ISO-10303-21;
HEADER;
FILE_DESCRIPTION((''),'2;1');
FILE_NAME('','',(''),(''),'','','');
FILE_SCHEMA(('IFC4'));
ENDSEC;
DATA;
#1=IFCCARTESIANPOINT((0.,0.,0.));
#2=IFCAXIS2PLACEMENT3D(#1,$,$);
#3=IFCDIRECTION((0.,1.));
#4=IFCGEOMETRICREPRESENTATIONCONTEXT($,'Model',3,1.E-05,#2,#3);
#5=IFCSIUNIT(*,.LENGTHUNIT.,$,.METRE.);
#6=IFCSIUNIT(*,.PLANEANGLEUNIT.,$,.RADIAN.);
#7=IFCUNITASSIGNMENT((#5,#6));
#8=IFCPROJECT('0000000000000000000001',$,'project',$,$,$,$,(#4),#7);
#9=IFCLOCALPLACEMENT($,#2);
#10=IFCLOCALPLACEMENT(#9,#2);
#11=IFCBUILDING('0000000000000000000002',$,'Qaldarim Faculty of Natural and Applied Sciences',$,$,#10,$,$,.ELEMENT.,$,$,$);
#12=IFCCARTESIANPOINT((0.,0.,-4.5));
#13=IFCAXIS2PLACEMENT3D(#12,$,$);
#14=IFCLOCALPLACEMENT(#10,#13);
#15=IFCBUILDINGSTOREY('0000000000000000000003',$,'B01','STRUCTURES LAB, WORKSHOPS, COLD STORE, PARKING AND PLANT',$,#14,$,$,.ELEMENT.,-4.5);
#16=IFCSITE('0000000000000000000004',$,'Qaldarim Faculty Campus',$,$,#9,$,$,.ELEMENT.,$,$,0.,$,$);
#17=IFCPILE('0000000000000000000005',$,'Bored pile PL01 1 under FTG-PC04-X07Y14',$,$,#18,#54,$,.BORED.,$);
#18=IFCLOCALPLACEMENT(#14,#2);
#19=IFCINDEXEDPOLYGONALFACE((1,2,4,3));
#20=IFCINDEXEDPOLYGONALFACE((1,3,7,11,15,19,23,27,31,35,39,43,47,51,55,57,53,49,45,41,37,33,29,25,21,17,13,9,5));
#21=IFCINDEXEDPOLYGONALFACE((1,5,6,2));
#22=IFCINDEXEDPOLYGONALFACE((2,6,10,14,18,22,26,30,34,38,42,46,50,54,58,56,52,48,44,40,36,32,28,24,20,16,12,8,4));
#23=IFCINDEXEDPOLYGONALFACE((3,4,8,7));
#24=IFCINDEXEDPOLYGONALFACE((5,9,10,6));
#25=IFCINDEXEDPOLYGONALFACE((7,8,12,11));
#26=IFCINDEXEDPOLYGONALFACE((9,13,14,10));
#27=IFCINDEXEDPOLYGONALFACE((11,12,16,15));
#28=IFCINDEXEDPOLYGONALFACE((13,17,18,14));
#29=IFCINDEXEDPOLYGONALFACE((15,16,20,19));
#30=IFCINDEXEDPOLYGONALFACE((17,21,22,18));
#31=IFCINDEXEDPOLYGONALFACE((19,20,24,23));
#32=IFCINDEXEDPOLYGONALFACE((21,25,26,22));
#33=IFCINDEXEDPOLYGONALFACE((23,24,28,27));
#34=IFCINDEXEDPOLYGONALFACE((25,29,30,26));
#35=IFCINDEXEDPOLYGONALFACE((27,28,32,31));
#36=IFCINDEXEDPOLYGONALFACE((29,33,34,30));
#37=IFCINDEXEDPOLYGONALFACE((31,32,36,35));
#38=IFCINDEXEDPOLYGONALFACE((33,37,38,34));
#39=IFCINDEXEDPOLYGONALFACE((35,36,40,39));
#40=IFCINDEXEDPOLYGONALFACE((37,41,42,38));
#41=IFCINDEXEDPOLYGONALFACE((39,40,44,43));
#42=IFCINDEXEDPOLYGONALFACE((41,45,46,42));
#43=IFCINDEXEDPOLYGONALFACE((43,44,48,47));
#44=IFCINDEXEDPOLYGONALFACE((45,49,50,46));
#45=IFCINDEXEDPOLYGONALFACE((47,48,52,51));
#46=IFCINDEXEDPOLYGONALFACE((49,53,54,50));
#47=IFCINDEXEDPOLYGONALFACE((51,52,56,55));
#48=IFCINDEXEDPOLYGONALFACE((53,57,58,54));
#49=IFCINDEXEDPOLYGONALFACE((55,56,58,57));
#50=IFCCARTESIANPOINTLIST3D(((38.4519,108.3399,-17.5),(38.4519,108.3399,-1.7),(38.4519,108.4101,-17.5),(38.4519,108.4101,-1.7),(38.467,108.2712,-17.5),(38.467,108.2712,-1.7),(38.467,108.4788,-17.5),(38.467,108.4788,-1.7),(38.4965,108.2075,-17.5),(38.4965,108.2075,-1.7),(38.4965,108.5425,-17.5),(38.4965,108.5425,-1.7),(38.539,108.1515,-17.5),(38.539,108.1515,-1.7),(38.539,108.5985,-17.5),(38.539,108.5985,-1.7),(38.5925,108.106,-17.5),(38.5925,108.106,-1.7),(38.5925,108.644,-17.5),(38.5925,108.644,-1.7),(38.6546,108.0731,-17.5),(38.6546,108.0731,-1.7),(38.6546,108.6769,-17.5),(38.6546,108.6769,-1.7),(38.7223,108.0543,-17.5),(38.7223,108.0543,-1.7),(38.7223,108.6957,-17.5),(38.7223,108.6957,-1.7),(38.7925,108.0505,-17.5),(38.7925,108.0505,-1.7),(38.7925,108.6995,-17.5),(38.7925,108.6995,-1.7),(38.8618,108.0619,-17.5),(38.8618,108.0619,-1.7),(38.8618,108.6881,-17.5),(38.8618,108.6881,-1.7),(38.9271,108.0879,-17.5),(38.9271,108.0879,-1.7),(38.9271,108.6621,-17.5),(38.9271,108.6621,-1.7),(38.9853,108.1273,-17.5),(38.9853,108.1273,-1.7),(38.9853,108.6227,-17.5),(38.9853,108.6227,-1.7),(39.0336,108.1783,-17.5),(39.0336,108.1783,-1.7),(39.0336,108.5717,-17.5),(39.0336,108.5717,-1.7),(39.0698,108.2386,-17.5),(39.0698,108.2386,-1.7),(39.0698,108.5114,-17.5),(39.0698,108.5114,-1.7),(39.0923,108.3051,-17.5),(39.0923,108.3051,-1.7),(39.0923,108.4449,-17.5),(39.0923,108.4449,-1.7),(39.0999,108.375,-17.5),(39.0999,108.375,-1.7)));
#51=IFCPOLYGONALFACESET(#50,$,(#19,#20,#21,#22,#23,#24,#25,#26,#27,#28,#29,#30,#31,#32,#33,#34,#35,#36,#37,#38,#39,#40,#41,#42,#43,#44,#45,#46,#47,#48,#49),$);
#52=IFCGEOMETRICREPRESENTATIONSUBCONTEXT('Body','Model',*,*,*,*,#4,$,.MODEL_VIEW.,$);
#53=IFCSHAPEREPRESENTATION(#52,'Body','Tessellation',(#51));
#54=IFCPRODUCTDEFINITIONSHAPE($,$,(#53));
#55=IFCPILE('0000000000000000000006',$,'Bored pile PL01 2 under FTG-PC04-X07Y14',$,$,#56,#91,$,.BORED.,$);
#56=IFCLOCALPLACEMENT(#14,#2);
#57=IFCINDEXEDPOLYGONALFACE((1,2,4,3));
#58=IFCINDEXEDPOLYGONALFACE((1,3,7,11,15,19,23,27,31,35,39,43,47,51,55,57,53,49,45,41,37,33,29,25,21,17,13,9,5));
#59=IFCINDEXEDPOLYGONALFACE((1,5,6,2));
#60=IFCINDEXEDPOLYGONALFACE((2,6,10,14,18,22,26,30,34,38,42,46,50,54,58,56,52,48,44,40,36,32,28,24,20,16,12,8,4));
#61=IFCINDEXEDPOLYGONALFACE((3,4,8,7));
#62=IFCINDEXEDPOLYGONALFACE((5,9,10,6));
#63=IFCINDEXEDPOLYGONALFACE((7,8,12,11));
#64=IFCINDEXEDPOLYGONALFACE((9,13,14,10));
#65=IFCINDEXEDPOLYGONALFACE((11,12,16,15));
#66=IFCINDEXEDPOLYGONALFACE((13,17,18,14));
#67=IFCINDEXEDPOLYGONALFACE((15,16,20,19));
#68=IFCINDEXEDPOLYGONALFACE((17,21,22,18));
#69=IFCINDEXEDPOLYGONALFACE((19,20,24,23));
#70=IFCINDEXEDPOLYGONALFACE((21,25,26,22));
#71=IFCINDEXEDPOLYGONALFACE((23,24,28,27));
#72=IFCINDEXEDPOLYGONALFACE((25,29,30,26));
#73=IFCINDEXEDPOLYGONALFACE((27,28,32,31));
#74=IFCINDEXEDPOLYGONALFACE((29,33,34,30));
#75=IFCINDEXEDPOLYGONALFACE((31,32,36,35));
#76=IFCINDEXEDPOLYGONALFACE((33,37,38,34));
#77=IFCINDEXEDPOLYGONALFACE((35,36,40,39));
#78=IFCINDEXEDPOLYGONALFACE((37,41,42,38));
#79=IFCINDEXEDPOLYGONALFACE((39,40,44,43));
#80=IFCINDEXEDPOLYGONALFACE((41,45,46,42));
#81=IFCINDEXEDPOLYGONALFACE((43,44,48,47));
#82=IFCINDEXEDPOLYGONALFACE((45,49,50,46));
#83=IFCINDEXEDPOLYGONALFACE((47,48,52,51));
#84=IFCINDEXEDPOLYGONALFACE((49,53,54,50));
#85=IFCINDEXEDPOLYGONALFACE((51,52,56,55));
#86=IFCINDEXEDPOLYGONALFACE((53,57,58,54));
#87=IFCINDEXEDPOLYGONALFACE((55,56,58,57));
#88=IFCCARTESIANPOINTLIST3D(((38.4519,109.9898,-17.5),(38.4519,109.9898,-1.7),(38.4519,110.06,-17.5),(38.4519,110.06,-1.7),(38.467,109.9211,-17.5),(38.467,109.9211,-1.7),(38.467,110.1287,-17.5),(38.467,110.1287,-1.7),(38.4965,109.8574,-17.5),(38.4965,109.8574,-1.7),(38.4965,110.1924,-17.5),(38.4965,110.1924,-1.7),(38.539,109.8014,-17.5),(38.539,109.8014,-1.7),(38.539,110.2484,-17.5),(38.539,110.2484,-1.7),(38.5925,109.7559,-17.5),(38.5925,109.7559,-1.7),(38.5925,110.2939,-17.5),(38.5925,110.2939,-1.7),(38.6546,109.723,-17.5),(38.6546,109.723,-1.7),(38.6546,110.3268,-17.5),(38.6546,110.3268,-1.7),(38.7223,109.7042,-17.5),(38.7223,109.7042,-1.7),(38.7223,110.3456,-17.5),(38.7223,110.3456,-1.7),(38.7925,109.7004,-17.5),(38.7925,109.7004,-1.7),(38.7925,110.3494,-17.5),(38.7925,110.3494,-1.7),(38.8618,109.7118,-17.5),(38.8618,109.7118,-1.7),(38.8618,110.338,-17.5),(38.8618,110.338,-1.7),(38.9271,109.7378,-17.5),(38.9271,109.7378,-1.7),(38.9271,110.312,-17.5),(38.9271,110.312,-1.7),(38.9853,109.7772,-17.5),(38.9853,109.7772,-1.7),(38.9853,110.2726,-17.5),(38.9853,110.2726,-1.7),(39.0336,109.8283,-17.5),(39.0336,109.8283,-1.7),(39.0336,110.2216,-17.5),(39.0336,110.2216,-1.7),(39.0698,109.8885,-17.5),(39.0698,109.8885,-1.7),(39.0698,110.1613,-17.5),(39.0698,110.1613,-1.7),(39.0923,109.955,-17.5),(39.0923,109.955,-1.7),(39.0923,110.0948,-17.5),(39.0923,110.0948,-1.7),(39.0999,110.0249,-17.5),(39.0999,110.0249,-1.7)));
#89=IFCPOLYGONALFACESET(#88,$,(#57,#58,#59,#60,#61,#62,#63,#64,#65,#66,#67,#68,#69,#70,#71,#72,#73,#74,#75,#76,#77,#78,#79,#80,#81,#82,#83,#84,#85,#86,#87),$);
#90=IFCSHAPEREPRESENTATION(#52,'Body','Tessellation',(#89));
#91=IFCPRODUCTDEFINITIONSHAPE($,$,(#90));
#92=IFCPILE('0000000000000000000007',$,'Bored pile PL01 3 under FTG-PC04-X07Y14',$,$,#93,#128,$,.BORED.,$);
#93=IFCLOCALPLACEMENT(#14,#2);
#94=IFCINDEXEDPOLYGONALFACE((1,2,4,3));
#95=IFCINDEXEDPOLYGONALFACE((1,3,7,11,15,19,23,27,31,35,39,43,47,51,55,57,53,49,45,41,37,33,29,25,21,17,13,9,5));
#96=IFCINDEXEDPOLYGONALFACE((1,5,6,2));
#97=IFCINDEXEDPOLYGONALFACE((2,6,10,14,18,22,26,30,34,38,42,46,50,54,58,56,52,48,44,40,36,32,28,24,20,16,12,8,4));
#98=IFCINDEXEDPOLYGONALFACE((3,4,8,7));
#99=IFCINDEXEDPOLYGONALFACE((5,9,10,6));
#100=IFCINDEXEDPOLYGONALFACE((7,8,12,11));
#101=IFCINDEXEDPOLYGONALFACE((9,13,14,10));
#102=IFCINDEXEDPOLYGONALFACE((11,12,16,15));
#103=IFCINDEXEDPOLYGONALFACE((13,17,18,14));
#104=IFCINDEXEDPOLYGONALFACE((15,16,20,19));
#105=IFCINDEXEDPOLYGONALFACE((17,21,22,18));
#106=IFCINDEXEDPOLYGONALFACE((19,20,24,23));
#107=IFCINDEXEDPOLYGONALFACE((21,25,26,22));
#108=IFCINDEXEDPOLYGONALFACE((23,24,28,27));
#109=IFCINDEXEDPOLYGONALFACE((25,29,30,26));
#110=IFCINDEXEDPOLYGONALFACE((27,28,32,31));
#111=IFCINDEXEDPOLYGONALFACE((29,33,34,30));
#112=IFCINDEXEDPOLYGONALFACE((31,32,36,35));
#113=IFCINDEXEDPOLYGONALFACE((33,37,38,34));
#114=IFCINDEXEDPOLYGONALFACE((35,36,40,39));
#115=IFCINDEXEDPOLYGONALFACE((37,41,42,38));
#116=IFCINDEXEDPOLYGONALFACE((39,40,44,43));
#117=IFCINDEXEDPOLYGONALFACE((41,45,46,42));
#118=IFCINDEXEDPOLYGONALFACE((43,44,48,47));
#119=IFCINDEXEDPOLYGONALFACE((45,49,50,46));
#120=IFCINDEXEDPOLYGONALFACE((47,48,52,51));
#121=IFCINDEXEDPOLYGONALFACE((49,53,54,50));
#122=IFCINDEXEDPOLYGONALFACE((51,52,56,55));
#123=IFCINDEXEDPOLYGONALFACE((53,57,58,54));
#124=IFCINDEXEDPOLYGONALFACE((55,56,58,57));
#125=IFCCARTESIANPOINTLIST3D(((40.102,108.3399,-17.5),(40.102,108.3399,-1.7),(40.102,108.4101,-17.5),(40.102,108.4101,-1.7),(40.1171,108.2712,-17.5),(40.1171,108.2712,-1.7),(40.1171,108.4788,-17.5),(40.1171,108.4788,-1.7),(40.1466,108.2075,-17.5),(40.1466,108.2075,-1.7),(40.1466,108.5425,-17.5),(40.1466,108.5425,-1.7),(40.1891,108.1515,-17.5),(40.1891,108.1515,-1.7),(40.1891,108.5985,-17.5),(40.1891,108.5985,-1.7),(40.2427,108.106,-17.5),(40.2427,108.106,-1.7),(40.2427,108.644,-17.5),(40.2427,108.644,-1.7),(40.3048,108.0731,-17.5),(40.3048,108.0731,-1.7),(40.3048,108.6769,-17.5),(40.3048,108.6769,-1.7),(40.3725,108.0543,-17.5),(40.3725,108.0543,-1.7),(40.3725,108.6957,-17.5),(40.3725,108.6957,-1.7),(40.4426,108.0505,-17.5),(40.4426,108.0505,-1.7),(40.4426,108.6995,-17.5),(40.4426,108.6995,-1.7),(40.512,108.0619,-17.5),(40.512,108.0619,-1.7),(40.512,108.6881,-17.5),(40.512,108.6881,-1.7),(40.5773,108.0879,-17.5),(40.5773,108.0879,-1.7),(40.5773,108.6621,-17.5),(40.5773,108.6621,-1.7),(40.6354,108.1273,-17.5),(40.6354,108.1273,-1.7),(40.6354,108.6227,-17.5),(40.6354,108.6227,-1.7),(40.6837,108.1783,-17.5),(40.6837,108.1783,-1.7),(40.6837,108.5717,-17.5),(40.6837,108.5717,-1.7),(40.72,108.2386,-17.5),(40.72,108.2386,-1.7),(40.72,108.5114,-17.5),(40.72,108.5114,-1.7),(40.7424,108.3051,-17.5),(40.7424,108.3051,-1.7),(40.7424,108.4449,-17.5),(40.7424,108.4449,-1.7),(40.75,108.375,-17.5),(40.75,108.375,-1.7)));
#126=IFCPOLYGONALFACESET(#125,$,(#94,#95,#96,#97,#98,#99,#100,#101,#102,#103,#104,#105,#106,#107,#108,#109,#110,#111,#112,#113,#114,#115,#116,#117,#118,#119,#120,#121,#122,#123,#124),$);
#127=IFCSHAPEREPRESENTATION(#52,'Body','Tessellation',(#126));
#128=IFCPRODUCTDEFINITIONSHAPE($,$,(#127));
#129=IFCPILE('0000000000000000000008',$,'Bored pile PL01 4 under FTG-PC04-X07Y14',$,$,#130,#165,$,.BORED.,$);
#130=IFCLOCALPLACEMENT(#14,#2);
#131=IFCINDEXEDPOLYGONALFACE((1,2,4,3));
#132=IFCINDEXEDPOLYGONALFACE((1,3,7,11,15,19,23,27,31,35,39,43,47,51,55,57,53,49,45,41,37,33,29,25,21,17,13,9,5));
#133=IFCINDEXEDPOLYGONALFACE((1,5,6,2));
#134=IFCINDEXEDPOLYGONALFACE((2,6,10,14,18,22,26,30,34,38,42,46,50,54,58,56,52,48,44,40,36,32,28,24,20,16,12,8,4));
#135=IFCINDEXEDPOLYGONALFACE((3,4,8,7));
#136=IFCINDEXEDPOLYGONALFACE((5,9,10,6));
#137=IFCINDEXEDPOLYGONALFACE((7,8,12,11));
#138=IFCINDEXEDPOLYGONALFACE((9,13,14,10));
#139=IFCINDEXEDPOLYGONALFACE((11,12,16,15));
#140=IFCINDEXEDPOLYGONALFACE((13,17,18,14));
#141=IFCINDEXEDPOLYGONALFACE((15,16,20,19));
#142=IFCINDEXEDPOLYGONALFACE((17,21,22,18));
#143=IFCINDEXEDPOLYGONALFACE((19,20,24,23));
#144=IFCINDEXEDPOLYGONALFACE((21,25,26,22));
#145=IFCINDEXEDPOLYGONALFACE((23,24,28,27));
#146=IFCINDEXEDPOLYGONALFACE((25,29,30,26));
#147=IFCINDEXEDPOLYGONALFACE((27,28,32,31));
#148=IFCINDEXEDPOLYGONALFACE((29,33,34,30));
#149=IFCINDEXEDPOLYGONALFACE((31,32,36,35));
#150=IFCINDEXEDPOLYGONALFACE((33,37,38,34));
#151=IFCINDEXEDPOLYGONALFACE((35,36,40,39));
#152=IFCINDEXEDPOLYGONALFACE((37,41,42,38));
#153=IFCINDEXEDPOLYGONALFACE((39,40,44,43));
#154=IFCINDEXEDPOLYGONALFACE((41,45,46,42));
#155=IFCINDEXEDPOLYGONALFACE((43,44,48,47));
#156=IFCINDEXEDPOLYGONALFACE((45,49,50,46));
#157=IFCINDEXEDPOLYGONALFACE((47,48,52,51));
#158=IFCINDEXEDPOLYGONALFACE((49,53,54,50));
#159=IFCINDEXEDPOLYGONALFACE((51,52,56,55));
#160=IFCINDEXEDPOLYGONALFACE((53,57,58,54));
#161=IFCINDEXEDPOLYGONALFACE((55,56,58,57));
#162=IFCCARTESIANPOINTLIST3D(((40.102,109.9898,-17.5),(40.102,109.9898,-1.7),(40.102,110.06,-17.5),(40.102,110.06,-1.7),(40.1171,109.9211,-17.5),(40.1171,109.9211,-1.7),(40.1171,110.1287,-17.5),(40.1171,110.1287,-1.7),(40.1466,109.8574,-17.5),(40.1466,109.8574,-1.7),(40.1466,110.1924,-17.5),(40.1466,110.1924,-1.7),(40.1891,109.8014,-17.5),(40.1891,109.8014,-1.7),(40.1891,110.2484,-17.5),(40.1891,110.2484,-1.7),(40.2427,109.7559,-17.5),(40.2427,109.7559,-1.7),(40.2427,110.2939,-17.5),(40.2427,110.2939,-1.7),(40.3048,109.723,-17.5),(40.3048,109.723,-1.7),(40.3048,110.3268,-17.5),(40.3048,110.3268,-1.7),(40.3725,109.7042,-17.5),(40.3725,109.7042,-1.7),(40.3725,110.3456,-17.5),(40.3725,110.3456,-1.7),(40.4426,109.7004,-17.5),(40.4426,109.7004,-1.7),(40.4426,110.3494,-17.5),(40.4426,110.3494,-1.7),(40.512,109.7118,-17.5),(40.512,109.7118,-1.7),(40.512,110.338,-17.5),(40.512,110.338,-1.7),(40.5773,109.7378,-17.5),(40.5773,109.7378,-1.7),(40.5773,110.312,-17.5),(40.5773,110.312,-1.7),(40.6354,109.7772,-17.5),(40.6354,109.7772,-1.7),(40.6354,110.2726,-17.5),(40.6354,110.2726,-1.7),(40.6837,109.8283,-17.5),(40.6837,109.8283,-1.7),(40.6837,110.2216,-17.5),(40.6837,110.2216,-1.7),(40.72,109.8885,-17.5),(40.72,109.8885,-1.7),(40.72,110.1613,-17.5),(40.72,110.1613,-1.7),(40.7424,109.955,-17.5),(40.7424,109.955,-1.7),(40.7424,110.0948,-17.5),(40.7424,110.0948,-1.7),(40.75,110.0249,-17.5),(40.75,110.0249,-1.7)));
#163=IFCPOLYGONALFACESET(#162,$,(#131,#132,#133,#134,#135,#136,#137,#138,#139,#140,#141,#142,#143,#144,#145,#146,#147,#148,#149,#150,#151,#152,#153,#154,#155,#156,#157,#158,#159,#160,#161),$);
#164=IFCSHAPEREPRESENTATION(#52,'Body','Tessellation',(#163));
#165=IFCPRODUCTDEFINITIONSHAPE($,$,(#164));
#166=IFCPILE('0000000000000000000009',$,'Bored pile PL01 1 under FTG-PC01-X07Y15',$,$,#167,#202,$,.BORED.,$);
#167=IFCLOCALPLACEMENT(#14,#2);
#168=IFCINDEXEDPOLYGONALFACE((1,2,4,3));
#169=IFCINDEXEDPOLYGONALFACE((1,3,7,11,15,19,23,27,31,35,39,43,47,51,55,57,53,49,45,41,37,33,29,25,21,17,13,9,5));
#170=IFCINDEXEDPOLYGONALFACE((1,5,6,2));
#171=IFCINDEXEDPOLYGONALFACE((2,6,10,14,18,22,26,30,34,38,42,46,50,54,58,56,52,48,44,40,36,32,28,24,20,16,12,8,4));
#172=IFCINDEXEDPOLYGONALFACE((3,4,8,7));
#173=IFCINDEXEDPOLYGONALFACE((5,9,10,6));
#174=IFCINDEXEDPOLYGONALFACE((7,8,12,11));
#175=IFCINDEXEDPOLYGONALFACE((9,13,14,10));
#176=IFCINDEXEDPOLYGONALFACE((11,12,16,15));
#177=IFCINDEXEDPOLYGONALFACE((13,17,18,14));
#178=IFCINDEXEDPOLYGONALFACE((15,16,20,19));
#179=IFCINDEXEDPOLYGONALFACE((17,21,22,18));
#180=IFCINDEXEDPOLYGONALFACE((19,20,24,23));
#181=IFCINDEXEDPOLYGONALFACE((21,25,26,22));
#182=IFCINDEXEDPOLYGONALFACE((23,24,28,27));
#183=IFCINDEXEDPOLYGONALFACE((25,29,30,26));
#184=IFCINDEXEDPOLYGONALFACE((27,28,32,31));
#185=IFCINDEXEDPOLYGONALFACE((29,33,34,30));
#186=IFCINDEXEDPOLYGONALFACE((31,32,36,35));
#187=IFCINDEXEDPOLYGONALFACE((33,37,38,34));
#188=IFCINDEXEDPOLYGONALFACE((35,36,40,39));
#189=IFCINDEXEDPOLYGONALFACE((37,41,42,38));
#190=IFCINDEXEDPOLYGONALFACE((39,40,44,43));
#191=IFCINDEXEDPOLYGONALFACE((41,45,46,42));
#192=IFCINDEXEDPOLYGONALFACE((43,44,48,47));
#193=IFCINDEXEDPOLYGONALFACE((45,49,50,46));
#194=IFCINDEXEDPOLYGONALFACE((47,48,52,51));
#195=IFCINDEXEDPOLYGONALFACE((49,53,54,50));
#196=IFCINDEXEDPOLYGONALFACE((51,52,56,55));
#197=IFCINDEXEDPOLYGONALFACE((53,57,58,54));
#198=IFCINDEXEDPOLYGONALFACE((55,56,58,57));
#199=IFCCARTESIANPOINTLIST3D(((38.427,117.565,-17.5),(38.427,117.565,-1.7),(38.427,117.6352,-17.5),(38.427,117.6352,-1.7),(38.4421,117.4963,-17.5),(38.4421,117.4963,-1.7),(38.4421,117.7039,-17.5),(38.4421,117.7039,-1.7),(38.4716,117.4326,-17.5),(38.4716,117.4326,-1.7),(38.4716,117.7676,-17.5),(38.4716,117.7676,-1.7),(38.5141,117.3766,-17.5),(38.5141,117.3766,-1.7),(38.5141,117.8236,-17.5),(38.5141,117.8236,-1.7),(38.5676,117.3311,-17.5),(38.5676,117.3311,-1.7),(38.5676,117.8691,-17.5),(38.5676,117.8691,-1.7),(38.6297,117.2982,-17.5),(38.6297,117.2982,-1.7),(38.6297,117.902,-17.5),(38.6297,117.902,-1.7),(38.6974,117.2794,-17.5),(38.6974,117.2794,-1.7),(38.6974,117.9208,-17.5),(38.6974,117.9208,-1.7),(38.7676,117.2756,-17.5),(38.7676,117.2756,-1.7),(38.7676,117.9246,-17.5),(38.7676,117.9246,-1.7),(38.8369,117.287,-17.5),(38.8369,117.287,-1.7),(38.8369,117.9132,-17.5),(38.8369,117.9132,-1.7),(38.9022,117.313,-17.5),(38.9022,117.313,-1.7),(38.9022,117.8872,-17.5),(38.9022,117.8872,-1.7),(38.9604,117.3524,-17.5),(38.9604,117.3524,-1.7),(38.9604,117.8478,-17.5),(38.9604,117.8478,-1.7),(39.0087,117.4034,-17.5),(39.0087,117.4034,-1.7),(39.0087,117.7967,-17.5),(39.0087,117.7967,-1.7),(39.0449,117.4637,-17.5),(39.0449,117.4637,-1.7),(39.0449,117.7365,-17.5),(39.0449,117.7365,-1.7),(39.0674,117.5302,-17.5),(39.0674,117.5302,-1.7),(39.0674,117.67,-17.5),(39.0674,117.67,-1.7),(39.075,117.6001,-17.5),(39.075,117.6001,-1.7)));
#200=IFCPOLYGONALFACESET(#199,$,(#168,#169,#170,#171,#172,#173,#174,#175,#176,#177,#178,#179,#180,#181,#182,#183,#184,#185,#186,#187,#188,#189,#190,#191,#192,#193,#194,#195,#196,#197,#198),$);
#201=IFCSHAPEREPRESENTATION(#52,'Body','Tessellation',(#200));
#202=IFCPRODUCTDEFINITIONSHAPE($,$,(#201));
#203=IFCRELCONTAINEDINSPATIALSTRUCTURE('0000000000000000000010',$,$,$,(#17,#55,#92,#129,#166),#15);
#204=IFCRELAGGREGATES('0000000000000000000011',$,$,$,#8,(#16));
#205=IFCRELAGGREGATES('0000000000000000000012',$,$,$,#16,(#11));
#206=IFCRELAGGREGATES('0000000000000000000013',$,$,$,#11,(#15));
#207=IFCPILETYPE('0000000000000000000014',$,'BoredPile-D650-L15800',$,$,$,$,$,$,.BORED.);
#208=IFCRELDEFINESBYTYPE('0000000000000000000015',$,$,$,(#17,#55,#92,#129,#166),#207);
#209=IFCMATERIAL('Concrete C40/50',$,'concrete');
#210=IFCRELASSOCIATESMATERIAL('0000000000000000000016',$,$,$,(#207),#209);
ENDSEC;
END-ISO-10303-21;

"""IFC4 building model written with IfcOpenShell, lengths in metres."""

from ifc_helpers import new_model, si_unit, direction, frame, origin, origin_2d, place, context, subcontext, project, spatial, circle, extrude, material, material_profile, profile_set, type_object, element, save


model = new_model("IFC4")

# Units and contexts
model_context = context("Model", 3, precision=1e-05, world=origin(), true_north=direction((0.0, 1.0)))
body_context = subcontext(model_context, "Body", "Model", "MODEL_VIEW")
ifc_project = project(units=[si_unit("LENGTHUNIT", "METRE"), si_unit("PLANEANGLEUNIT", "RADIAN")], contexts=[model_context])

# Site, building, storey
site_placement = place(None, origin())
site = spatial("IfcSite", under=ifc_project, at=site_placement, Name="Qaldarim Faculty Campus", CompositionType="ELEMENT", RefElevation=0.0)
building_placement = place(site_placement, origin())
building = spatial("IfcBuilding", under=site, at=building_placement, Name="Qaldarim Faculty of Natural and Applied Sciences", CompositionType="ELEMENT")
storey_placement = place(building_placement, frame((0.0, 0.0, -4.5)))
storey = spatial("IfcBuildingStorey", under=building, at=storey_placement, Name="B01", Description="STRUCTURES LAB, WORKSHOPS, COLD STORE, PARKING AND PLANT", CompositionType="ELEMENT", Elevation=-4.5)

# Piles
ifc_material_1 = material(Name="Concrete C40/50", Category="concrete")
ifc_material_profile_1 = material_profile(ifc_material_1, circle(Radius=0.325, at=origin_2d()), Name="PILE-D650")
ifc_profile_set_1 = profile_set([ifc_material_profile_1], Name="Concrete C40/50")
pile_type_1 = type_object("IfcPileType", Name="BoredPile-D650-L15800", PredefinedType="BORED", material=ifc_profile_set_1)
for number, where, z_axis, x_axis, name in (
    (1, (38.7749, 108.375, -1.7), (0.0, 0.0, -1.0), (1.0, 0.0, 0.0), "Bored pile PL01 1 under FTG-PC04-X07Y14"),
    (2, (38.7749, 110.0249, -1.7), (0.0, 0.0, -1.0), (1.0, 0.0, 0.0), "Bored pile PL01 2 under FTG-PC04-X07Y14"),
    (3, (40.425, 108.375, -1.7), (0.0, 0.0, -1.0), (1.0, 0.0, 0.0), "Bored pile PL01 3 under FTG-PC04-X07Y14"),
    (4, (40.425, 110.0249, -1.7), (0.0, 0.0, -1.0), (1.0, 0.0, 0.0), "Bored pile PL01 4 under FTG-PC04-X07Y14"),
    (5, (38.75, 117.6001, -1.7), (0.0, 0.0, -1.0), (1.0, 0.0, 0.0), "Bored pile PL01 1 under FTG-PC01-X07Y15"),
):
    element("IfcPile", number, at=place(storey_placement, frame(where, z_axis=z_axis, x_axis=x_axis)), inside=storey, type_object=pile_type_1, Name=name, PredefinedType="BORED", context=body_context, shape_type="SweptSolid", body=[
        extrude(circle(Radius=0.325, at=origin_2d()), origin(), (0.0, 0.0, 1.0), 15.8),
    ])

save(model, "model.ifc")
